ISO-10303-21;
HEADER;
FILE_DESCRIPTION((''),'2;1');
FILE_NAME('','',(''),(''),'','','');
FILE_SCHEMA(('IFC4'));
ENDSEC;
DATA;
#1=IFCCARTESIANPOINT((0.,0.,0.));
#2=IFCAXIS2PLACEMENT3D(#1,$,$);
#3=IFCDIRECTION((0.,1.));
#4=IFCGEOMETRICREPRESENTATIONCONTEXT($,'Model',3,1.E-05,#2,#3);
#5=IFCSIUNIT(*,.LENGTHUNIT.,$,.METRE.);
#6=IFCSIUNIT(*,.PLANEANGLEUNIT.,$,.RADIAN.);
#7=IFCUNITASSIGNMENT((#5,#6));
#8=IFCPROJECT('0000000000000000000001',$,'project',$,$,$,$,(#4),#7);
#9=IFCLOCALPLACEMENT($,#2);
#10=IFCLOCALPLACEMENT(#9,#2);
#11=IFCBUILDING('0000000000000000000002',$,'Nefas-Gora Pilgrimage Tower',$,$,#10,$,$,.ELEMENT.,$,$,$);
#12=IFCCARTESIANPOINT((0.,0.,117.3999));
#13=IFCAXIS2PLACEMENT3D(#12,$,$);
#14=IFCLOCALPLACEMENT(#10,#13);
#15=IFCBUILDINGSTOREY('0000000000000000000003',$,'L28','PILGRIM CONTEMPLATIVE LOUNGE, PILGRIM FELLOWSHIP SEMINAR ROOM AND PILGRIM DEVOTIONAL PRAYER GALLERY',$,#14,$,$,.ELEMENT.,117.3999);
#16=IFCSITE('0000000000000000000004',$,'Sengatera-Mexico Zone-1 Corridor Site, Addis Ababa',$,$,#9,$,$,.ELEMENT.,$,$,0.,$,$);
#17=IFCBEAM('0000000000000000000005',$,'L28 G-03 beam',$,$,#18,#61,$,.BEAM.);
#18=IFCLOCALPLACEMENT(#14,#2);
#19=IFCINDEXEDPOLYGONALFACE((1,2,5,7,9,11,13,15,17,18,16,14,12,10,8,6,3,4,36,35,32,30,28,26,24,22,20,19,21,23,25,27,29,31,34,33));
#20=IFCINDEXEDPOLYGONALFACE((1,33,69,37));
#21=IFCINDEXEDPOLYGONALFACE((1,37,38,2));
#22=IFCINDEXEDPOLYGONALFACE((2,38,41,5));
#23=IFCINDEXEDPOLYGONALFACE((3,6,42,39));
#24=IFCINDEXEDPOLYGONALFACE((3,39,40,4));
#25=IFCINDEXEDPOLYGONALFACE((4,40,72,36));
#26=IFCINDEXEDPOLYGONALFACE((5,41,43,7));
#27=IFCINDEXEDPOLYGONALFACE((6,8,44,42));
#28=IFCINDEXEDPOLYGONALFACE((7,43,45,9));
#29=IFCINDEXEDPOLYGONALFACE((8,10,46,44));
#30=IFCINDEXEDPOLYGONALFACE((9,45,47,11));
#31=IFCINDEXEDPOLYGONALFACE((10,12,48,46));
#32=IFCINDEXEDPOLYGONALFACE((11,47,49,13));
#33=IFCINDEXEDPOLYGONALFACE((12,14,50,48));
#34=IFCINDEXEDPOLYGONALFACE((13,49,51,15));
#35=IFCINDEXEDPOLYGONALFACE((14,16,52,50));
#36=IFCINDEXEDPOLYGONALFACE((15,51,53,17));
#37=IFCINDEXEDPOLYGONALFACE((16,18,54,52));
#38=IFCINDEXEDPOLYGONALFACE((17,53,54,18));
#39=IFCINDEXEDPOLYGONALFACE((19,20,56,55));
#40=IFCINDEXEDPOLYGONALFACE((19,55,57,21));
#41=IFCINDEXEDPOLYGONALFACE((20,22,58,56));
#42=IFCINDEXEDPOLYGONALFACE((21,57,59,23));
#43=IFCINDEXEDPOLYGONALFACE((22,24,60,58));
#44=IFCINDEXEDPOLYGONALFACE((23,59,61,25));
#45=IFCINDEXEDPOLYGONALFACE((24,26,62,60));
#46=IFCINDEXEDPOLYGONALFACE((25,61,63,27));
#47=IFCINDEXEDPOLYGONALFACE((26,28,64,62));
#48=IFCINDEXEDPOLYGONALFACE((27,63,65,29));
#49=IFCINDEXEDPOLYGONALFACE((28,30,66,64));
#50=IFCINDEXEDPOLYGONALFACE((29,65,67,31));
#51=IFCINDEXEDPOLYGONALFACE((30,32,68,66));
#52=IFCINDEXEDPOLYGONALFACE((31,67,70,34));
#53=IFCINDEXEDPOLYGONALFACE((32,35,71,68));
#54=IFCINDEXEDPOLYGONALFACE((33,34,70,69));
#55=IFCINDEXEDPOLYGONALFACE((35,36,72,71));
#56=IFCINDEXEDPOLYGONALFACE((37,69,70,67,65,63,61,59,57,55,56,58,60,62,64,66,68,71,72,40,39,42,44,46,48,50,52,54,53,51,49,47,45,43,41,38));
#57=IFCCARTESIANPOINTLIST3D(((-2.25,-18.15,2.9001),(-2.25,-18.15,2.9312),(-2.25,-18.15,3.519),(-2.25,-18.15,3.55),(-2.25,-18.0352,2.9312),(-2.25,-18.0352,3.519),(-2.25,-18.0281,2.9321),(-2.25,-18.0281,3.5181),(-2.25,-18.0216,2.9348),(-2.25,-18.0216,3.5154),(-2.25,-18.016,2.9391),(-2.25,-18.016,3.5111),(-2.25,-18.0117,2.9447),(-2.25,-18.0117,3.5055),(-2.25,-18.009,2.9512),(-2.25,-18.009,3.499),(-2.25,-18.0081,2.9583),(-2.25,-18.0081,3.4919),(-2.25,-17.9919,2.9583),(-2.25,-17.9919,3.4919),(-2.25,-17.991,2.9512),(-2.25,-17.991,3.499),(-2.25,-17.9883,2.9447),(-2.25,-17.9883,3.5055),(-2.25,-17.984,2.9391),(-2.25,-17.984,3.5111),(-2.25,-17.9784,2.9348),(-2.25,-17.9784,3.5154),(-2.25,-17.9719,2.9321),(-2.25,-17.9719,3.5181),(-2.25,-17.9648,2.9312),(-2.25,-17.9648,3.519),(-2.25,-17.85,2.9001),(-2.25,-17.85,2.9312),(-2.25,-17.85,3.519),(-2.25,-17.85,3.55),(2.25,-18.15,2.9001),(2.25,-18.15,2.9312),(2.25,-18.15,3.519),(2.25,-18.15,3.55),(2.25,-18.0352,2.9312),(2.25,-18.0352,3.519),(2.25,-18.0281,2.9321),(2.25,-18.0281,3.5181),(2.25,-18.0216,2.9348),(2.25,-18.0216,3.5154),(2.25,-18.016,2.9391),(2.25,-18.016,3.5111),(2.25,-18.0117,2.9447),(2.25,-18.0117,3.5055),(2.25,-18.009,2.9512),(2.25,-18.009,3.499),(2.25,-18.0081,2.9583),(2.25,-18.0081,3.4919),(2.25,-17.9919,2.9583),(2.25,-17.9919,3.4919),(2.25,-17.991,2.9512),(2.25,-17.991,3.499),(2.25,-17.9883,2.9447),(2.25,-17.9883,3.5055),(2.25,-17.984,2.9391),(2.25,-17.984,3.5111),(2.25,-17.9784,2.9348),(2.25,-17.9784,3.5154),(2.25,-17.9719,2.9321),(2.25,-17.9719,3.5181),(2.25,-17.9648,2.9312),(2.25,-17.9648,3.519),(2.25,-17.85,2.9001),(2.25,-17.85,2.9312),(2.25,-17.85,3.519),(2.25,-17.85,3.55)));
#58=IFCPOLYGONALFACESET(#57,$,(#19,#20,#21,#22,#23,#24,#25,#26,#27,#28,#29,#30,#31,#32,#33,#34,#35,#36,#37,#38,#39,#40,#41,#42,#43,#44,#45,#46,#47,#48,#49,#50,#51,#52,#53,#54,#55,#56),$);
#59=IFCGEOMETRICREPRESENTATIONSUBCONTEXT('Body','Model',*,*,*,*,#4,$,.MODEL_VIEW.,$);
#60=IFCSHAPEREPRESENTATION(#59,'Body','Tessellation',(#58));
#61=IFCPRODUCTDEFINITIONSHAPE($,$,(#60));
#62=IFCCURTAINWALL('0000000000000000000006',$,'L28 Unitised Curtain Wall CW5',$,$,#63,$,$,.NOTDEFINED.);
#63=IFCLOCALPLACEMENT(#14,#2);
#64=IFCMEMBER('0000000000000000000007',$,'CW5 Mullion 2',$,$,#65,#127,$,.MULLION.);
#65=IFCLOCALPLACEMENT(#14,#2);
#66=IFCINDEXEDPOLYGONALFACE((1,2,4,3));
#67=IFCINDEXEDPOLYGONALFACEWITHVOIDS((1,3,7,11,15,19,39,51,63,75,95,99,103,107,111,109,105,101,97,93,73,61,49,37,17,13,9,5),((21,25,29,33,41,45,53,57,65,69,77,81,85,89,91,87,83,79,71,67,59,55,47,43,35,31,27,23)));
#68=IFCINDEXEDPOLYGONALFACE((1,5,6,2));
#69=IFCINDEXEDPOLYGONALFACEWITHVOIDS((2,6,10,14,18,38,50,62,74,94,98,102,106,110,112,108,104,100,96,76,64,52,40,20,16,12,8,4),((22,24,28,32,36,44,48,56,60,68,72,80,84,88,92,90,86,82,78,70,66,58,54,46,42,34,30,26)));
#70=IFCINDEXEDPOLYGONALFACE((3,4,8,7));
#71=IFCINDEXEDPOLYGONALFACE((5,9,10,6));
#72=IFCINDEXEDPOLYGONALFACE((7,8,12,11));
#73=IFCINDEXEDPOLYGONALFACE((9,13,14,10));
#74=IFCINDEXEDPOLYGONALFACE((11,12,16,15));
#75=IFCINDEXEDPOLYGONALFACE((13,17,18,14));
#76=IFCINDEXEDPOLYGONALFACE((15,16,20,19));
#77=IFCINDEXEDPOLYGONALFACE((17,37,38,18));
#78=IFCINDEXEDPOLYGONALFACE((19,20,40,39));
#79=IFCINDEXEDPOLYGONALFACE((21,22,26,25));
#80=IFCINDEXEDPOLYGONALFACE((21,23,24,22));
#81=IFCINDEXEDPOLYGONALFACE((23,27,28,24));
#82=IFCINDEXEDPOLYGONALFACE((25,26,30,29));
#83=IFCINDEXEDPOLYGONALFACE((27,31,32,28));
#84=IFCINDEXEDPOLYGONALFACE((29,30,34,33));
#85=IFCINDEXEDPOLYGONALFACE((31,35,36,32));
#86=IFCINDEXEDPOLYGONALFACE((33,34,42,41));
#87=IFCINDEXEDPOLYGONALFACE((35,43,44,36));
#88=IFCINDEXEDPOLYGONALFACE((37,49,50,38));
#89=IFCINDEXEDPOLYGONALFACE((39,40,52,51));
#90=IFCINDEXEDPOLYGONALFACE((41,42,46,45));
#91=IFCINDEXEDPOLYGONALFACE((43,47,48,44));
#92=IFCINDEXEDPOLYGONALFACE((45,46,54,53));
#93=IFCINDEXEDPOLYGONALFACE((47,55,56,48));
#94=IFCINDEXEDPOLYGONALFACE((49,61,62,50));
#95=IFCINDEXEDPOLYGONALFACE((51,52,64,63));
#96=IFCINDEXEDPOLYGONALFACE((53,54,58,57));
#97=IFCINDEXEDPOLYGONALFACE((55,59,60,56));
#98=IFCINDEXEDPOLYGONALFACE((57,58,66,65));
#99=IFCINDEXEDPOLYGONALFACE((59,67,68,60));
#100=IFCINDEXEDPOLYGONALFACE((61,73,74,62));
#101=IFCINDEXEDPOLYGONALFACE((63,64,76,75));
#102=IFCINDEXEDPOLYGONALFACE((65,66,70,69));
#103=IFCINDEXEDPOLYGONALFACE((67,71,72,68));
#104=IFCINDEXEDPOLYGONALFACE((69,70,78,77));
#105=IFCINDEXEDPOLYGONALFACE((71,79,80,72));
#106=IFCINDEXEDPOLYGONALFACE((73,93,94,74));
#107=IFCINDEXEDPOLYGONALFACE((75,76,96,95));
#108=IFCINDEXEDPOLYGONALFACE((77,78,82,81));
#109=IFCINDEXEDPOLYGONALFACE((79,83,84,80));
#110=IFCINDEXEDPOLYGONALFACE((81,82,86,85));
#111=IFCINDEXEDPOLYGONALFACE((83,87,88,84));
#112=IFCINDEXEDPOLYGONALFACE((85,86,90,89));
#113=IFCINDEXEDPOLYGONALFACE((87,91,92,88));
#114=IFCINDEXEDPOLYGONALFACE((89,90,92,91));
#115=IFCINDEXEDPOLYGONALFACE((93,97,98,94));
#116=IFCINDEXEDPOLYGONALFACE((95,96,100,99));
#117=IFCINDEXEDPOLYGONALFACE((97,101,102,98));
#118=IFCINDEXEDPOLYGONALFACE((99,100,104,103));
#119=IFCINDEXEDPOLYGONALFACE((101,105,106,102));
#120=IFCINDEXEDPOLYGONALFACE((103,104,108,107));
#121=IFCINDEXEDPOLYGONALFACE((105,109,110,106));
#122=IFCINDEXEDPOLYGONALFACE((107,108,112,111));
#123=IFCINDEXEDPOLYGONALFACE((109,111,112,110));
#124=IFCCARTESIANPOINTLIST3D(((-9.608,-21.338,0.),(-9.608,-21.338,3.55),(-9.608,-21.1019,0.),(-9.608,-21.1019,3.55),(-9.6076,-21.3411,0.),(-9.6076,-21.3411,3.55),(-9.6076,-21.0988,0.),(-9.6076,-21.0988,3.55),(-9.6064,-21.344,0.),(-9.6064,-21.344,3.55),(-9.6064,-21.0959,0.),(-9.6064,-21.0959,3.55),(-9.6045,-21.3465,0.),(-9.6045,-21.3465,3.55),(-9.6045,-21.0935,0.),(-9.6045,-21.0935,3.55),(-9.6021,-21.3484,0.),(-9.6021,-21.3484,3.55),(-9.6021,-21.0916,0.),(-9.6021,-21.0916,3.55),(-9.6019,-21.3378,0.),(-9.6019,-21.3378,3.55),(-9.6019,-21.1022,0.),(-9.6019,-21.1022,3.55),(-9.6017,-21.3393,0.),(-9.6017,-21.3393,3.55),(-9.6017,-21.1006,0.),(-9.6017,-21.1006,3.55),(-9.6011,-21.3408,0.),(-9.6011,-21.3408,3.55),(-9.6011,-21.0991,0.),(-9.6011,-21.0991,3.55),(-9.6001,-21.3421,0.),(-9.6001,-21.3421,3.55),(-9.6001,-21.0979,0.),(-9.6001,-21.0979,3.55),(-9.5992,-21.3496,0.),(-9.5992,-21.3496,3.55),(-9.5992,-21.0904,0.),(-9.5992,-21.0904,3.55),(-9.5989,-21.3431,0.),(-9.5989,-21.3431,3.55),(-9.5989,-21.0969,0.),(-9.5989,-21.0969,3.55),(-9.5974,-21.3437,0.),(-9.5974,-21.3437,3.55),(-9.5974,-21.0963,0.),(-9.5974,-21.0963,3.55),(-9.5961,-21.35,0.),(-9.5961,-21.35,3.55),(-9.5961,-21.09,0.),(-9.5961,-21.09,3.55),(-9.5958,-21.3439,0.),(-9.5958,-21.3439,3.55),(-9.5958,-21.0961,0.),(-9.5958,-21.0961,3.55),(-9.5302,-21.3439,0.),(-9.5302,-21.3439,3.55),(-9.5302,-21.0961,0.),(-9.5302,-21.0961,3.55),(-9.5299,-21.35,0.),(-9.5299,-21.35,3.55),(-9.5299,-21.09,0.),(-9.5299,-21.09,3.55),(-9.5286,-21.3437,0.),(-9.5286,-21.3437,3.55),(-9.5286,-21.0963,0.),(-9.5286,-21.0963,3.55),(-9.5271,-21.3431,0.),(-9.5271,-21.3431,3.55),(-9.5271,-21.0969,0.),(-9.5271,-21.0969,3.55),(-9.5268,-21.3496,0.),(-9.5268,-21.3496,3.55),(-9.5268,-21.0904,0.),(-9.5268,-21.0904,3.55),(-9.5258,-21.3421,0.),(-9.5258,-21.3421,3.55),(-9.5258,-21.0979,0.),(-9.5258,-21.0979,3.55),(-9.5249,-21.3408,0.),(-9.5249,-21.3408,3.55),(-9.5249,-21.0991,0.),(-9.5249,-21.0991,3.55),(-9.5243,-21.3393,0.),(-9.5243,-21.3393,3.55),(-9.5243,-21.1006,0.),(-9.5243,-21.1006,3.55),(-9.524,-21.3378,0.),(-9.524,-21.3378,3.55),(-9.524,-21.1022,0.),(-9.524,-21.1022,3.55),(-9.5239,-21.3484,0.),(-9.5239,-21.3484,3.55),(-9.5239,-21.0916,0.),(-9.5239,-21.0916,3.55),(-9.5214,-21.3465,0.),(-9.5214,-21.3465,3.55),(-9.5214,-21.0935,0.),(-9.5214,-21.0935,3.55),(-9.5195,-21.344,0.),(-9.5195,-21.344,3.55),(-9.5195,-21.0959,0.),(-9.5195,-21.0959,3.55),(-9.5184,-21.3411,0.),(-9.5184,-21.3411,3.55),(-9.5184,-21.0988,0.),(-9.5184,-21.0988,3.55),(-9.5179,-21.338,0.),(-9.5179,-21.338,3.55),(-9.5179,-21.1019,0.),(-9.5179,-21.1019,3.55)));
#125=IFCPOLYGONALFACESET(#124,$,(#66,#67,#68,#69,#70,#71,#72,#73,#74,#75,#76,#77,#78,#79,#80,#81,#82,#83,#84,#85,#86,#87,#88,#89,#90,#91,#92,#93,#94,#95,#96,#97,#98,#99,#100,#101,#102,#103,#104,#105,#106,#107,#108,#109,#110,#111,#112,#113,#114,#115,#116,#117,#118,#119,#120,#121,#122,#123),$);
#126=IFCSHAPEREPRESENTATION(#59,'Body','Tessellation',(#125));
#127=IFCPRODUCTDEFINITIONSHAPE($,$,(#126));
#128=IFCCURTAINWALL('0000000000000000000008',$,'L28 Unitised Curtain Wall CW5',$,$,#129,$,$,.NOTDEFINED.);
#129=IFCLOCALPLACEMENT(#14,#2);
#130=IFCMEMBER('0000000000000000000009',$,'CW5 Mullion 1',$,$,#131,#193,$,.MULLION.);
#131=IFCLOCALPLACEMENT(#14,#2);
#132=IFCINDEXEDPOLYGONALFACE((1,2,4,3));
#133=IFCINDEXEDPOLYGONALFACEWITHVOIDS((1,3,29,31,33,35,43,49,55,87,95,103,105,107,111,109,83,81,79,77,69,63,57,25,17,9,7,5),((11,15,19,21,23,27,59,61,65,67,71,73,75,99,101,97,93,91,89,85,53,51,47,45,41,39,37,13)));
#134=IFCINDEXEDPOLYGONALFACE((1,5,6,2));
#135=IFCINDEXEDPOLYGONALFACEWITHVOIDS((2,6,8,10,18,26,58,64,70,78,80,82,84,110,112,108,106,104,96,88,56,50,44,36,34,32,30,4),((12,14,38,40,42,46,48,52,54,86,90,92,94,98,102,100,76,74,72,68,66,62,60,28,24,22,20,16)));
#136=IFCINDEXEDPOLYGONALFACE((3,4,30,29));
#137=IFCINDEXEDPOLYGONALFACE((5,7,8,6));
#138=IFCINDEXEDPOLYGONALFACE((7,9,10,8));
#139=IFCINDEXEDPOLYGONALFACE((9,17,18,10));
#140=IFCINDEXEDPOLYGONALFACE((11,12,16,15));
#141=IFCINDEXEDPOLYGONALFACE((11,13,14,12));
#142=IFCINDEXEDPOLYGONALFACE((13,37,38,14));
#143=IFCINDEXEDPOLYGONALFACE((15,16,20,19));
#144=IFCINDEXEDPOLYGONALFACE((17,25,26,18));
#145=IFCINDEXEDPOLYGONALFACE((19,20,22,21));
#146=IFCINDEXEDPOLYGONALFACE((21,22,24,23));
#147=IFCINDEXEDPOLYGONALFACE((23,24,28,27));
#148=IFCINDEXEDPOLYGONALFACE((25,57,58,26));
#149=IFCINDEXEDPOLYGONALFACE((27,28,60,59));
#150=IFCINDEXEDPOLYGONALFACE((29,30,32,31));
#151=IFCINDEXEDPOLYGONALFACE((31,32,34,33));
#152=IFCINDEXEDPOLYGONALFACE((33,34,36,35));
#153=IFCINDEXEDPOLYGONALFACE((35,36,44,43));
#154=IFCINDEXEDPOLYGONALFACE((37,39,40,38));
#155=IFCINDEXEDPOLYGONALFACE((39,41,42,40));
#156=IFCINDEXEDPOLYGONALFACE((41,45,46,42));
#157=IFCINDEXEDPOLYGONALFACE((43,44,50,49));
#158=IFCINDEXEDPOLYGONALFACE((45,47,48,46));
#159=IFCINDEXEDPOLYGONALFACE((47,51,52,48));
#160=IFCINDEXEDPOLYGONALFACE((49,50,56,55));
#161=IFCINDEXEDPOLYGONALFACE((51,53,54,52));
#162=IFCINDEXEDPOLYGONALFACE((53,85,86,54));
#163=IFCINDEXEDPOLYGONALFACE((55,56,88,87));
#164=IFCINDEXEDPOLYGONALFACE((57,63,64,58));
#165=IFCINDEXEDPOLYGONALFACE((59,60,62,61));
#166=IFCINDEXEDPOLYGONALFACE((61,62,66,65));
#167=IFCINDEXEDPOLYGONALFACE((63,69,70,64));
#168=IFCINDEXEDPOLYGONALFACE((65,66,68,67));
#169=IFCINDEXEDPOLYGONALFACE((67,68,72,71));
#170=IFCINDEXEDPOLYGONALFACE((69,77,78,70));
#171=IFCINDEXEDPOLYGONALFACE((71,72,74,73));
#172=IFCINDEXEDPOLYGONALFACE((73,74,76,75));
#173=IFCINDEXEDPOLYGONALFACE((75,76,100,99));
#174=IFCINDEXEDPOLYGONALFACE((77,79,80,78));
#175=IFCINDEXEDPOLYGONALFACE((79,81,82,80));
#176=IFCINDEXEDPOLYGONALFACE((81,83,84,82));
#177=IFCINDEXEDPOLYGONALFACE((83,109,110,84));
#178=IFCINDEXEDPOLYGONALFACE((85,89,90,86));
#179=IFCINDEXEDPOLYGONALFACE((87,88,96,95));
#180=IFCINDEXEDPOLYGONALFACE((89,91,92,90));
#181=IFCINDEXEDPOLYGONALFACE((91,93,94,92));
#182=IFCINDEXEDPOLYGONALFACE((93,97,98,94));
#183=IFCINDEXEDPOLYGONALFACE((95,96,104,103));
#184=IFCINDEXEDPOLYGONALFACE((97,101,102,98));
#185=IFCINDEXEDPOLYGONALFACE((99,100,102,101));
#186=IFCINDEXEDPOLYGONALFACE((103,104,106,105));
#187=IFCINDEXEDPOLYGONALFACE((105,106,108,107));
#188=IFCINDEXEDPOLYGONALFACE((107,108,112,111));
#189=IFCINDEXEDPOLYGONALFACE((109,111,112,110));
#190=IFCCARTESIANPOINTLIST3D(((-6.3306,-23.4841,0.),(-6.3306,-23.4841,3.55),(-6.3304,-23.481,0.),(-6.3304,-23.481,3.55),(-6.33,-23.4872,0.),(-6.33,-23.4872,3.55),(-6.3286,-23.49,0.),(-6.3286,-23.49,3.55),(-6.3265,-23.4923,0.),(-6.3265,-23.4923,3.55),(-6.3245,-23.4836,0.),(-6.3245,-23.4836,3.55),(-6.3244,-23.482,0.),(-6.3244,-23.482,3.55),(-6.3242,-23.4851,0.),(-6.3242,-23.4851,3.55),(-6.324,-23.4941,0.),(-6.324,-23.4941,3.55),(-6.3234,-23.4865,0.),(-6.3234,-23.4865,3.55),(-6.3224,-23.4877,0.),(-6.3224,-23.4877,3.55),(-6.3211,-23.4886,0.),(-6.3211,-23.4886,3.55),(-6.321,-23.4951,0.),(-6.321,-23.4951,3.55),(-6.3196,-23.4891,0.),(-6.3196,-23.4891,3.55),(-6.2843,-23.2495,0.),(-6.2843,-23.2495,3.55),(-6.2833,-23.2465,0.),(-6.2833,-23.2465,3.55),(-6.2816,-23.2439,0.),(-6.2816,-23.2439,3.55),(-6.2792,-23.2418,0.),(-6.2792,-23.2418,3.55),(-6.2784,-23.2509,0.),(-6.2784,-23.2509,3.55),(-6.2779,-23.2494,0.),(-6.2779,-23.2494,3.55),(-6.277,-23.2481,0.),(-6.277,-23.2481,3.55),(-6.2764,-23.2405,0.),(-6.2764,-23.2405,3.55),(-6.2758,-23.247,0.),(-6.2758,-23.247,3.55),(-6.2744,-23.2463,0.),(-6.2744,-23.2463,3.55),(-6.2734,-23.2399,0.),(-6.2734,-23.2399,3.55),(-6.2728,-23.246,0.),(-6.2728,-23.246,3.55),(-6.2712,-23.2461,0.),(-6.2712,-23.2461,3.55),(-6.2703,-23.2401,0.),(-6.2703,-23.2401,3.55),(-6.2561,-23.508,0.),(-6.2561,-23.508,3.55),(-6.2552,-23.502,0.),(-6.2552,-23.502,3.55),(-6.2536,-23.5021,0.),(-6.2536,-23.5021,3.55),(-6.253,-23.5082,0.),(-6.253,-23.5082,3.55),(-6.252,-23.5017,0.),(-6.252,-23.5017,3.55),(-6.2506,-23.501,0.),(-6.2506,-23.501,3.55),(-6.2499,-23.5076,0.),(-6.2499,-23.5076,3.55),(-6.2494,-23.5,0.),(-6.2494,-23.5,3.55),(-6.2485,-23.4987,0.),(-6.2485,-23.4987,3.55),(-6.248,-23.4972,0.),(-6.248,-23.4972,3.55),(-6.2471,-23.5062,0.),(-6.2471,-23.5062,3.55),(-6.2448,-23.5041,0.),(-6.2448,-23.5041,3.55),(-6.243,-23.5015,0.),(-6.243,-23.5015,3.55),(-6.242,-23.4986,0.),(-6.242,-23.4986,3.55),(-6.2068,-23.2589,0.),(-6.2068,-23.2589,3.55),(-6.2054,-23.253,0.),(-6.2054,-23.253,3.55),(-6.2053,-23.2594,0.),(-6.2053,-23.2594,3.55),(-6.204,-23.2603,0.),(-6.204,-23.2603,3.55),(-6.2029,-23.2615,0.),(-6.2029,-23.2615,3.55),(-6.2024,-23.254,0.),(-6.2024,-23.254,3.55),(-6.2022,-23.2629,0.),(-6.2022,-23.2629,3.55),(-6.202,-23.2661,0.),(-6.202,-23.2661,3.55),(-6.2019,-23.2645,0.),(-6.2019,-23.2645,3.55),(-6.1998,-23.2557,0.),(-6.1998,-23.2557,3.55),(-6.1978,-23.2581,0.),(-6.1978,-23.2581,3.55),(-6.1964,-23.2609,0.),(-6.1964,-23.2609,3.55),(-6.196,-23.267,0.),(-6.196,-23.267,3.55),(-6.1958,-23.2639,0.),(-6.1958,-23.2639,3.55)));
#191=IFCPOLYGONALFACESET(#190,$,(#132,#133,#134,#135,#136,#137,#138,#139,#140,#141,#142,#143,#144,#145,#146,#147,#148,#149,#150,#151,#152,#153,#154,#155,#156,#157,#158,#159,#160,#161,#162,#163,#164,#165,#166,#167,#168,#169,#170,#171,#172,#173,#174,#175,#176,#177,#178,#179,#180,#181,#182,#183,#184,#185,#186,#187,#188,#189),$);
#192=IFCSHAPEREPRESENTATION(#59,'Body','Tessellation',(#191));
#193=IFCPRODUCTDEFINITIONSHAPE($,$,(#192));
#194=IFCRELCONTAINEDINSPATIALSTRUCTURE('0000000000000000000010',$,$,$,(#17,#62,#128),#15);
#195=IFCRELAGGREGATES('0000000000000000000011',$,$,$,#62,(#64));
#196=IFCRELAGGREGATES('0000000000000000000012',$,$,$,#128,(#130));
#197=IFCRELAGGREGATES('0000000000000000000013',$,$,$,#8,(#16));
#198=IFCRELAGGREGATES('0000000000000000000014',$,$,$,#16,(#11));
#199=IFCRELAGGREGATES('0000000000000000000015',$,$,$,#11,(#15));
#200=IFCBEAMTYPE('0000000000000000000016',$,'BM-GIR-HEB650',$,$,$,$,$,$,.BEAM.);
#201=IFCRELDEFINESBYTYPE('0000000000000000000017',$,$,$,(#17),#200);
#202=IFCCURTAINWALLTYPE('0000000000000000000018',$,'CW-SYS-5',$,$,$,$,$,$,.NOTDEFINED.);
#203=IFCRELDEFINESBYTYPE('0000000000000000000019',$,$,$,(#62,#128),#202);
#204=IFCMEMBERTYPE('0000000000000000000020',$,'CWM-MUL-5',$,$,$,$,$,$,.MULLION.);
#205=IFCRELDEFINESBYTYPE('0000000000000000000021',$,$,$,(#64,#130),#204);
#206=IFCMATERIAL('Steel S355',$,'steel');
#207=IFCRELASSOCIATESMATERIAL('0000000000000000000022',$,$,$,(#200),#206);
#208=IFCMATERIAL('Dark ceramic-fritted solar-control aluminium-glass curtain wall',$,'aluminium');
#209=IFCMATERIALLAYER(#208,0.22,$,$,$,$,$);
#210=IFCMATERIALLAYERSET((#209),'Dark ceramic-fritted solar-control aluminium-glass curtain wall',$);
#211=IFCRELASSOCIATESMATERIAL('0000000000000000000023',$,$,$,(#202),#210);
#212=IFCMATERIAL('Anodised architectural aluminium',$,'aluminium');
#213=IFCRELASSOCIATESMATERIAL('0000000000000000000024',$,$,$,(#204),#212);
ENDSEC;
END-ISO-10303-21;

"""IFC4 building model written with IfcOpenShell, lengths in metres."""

from ifc_helpers import new_model, si_unit, direction, frame, origin, origin_2d, place, context, subcontext, project, spatial, hollow_rectangle, i_section, extrude, source, transform, mapped, material, layer, layer_set, material_profile, profile_set, type_object, element, aggregate, save


model = new_model("IFC4")

# Units and contexts
model_context = context("Model", 3, precision=1e-05, world=origin(), true_north=direction((0.0, 1.0)))
body_context = subcontext(model_context, "Body", "Model", "MODEL_VIEW")
ifc_project = project(units=[si_unit("LENGTHUNIT", "METRE"), si_unit("PLANEANGLEUNIT", "RADIAN")], contexts=[model_context])

# Site, building, storey
site_placement = place(None, origin())
site = spatial("IfcSite", under=ifc_project, at=site_placement, Name="Sengatera-Mexico Zone-1 Corridor Site, Addis Ababa", CompositionType="ELEMENT", RefElevation=0.0)
building_placement = place(site_placement, origin())
building = spatial("IfcBuilding", under=site, at=building_placement, Name="Nefas-Gora Pilgrimage Tower", CompositionType="ELEMENT")
storey_placement = place(building_placement, frame((0.0, 0.0, 117.3999)))
storey = spatial("IfcBuildingStorey", under=building, at=storey_placement, Name="L28", Description="PILGRIM CONTEMPLATIVE LOUNGE, PILGRIM FELLOWSHIP SEMINAR ROOM AND PILGRIM DEVOTIONAL PRAYER GALLERY", CompositionType="ELEMENT", Elevation=117.3999)

# Beam
ifc_material_1 = material(Name="Steel S355", Category="steel")
ifc_material_profile_1 = material_profile(ifc_material_1, i_section(OverallWidth=0.3, OverallDepth=0.6499, WebThickness=0.0161, FlangeThickness=0.031, FilletRadius=0.0271, at=origin_2d()), Name="HEB 650")
ifc_profile_set_1 = profile_set([ifc_material_profile_1], Name="Steel S355")
beam_type = type_object("IfcBeamType", Name="BM-GIR-HEB650", PredefinedType="BEAM", material=ifc_profile_set_1)
shared_shape_1 = source(origin(), body_context, "Body", "SweptSolid", [
    extrude(i_section(OverallWidth=0.3, OverallDepth=0.6499, WebThickness=0.0161, FlangeThickness=0.031, FilletRadius=0.0271, at=origin_2d()), origin(), (0.0, 0.0, 1.0), 4.5),
])
for number, where, z_axis, x_axis, name in (
    (1, (-2.25, -18.0, 3.2251), (1.0, 0.0, 0.0), (0.0, 1.0, 0.0), "L28 G-03 beam"),
):
    element("IfcBeam", number, at=place(storey_placement, frame(where, z_axis=z_axis, x_axis=x_axis)), inside=storey, type_object=beam_type, Name=name, PredefinedType="BEAM", context=body_context, shape_type="MappedRepresentation", body=[
        mapped(shared_shape_1, transform((0.0, 0.0, 0.0), x_axis=(1.0, 0.0, 0.0), y_axis=(0.0, 1.0, 0.0), z_axis=(0.0, 0.0, 1.0), scale=1.0)),
    ])

# Curtain wall, member
ifc_material_2 = material(Name="Dark ceramic-fritted solar-control aluminium-glass curtain wall", Category="aluminium")
ifc_layer_1 = layer(ifc_material_2, 0.22)
ifc_layer_set_1 = layer_set([ifc_layer_1], Name="Dark ceramic-fritted solar-control aluminium-glass curtain wall")
curtain_wall_type = type_object("IfcCurtainWallType", Name="CW-SYS-5", PredefinedType="NOTDEFINED", material=ifc_layer_set_1)
curtain_wall_1_placement = place(storey_placement, origin())
curtain_wall_1 = element("IfcCurtainWall", 2, at=curtain_wall_1_placement, inside=storey, type_object=curtain_wall_type, Name="L28 Unitised Curtain Wall CW5", PredefinedType="NOTDEFINED")
ifc_material_3 = material(Name="Anodised architectural aluminium", Category="aluminium")
ifc_material_profile_2 = material_profile(ifc_material_3, hollow_rectangle(XDim=0.0901, YDim=0.26, WallThickness=0.0061, InnerFilletRadius=0.0061, OuterFilletRadius=0.012, at=origin_2d()), Name="ALU MULLION 90x260")
ifc_profile_set_2 = profile_set([ifc_material_profile_2], Name="Anodised architectural aluminium")
member_type_1 = type_object("IfcMemberType", Name="CWM-MUL-5", PredefinedType="MULLION", material=ifc_profile_set_2)
shared_shape_2 = source(origin(), body_context, "Body", "SweptSolid", [
    extrude(hollow_rectangle(XDim=0.0901, YDim=0.26, WallThickness=0.0061, InnerFilletRadius=0.0061, OuterFilletRadius=0.012, at=origin_2d()), origin(), (0.0, 0.0, 1.0), 3.55),
])
member_1_placement = place(storey_placement, frame((-9.563, -21.22, 0.0), z_axis=(0.0, 0.0, 1.0), x_axis=(1.0, 0.0, 0.0)))
member_1 = element("IfcMember", 3, at=member_1_placement, type_object=member_type_1, Name="CW5 Mullion 2", PredefinedType="MULLION", context=body_context, shape_type="MappedRepresentation", body=[
    mapped(shared_shape_2, transform((0.0, 0.0, 0.0), x_axis=(1.0, 0.0, 0.0), y_axis=(0.0, 1.0, 0.0), z_axis=(0.0, 0.0, 1.0), scale=1.0)),
])
aggregate(curtain_wall_1, [member_1])

# Curtain wall, member
curtain_wall_2_placement = place(storey_placement, origin())
curtain_wall_2 = element("IfcCurtainWall", 4, at=curtain_wall_2_placement, inside=storey, type_object=curtain_wall_type, Name="L28 Unitised Curtain Wall CW5", PredefinedType="NOTDEFINED")
member_2_placement = place(storey_placement, frame((-6.2632, -23.374, 0.0), z_axis=(0.0, 0.0, 1.0), x_axis=(0.980783, -0.195102, 0.0)))
member_2 = element("IfcMember", 5, at=member_2_placement, type_object=member_type_1, Name="CW5 Mullion 1", PredefinedType="MULLION", context=body_context, shape_type="MappedRepresentation", body=[
    mapped(shared_shape_2, transform((0.0, 0.0, 0.0), x_axis=(1.0, 0.0, 0.0), y_axis=(0.0, 1.0, 0.0), z_axis=(0.0, 0.0, 1.0), scale=1.0)),
])

aggregate(curtain_wall_2, [member_2])

save(model, "model.ifc")
